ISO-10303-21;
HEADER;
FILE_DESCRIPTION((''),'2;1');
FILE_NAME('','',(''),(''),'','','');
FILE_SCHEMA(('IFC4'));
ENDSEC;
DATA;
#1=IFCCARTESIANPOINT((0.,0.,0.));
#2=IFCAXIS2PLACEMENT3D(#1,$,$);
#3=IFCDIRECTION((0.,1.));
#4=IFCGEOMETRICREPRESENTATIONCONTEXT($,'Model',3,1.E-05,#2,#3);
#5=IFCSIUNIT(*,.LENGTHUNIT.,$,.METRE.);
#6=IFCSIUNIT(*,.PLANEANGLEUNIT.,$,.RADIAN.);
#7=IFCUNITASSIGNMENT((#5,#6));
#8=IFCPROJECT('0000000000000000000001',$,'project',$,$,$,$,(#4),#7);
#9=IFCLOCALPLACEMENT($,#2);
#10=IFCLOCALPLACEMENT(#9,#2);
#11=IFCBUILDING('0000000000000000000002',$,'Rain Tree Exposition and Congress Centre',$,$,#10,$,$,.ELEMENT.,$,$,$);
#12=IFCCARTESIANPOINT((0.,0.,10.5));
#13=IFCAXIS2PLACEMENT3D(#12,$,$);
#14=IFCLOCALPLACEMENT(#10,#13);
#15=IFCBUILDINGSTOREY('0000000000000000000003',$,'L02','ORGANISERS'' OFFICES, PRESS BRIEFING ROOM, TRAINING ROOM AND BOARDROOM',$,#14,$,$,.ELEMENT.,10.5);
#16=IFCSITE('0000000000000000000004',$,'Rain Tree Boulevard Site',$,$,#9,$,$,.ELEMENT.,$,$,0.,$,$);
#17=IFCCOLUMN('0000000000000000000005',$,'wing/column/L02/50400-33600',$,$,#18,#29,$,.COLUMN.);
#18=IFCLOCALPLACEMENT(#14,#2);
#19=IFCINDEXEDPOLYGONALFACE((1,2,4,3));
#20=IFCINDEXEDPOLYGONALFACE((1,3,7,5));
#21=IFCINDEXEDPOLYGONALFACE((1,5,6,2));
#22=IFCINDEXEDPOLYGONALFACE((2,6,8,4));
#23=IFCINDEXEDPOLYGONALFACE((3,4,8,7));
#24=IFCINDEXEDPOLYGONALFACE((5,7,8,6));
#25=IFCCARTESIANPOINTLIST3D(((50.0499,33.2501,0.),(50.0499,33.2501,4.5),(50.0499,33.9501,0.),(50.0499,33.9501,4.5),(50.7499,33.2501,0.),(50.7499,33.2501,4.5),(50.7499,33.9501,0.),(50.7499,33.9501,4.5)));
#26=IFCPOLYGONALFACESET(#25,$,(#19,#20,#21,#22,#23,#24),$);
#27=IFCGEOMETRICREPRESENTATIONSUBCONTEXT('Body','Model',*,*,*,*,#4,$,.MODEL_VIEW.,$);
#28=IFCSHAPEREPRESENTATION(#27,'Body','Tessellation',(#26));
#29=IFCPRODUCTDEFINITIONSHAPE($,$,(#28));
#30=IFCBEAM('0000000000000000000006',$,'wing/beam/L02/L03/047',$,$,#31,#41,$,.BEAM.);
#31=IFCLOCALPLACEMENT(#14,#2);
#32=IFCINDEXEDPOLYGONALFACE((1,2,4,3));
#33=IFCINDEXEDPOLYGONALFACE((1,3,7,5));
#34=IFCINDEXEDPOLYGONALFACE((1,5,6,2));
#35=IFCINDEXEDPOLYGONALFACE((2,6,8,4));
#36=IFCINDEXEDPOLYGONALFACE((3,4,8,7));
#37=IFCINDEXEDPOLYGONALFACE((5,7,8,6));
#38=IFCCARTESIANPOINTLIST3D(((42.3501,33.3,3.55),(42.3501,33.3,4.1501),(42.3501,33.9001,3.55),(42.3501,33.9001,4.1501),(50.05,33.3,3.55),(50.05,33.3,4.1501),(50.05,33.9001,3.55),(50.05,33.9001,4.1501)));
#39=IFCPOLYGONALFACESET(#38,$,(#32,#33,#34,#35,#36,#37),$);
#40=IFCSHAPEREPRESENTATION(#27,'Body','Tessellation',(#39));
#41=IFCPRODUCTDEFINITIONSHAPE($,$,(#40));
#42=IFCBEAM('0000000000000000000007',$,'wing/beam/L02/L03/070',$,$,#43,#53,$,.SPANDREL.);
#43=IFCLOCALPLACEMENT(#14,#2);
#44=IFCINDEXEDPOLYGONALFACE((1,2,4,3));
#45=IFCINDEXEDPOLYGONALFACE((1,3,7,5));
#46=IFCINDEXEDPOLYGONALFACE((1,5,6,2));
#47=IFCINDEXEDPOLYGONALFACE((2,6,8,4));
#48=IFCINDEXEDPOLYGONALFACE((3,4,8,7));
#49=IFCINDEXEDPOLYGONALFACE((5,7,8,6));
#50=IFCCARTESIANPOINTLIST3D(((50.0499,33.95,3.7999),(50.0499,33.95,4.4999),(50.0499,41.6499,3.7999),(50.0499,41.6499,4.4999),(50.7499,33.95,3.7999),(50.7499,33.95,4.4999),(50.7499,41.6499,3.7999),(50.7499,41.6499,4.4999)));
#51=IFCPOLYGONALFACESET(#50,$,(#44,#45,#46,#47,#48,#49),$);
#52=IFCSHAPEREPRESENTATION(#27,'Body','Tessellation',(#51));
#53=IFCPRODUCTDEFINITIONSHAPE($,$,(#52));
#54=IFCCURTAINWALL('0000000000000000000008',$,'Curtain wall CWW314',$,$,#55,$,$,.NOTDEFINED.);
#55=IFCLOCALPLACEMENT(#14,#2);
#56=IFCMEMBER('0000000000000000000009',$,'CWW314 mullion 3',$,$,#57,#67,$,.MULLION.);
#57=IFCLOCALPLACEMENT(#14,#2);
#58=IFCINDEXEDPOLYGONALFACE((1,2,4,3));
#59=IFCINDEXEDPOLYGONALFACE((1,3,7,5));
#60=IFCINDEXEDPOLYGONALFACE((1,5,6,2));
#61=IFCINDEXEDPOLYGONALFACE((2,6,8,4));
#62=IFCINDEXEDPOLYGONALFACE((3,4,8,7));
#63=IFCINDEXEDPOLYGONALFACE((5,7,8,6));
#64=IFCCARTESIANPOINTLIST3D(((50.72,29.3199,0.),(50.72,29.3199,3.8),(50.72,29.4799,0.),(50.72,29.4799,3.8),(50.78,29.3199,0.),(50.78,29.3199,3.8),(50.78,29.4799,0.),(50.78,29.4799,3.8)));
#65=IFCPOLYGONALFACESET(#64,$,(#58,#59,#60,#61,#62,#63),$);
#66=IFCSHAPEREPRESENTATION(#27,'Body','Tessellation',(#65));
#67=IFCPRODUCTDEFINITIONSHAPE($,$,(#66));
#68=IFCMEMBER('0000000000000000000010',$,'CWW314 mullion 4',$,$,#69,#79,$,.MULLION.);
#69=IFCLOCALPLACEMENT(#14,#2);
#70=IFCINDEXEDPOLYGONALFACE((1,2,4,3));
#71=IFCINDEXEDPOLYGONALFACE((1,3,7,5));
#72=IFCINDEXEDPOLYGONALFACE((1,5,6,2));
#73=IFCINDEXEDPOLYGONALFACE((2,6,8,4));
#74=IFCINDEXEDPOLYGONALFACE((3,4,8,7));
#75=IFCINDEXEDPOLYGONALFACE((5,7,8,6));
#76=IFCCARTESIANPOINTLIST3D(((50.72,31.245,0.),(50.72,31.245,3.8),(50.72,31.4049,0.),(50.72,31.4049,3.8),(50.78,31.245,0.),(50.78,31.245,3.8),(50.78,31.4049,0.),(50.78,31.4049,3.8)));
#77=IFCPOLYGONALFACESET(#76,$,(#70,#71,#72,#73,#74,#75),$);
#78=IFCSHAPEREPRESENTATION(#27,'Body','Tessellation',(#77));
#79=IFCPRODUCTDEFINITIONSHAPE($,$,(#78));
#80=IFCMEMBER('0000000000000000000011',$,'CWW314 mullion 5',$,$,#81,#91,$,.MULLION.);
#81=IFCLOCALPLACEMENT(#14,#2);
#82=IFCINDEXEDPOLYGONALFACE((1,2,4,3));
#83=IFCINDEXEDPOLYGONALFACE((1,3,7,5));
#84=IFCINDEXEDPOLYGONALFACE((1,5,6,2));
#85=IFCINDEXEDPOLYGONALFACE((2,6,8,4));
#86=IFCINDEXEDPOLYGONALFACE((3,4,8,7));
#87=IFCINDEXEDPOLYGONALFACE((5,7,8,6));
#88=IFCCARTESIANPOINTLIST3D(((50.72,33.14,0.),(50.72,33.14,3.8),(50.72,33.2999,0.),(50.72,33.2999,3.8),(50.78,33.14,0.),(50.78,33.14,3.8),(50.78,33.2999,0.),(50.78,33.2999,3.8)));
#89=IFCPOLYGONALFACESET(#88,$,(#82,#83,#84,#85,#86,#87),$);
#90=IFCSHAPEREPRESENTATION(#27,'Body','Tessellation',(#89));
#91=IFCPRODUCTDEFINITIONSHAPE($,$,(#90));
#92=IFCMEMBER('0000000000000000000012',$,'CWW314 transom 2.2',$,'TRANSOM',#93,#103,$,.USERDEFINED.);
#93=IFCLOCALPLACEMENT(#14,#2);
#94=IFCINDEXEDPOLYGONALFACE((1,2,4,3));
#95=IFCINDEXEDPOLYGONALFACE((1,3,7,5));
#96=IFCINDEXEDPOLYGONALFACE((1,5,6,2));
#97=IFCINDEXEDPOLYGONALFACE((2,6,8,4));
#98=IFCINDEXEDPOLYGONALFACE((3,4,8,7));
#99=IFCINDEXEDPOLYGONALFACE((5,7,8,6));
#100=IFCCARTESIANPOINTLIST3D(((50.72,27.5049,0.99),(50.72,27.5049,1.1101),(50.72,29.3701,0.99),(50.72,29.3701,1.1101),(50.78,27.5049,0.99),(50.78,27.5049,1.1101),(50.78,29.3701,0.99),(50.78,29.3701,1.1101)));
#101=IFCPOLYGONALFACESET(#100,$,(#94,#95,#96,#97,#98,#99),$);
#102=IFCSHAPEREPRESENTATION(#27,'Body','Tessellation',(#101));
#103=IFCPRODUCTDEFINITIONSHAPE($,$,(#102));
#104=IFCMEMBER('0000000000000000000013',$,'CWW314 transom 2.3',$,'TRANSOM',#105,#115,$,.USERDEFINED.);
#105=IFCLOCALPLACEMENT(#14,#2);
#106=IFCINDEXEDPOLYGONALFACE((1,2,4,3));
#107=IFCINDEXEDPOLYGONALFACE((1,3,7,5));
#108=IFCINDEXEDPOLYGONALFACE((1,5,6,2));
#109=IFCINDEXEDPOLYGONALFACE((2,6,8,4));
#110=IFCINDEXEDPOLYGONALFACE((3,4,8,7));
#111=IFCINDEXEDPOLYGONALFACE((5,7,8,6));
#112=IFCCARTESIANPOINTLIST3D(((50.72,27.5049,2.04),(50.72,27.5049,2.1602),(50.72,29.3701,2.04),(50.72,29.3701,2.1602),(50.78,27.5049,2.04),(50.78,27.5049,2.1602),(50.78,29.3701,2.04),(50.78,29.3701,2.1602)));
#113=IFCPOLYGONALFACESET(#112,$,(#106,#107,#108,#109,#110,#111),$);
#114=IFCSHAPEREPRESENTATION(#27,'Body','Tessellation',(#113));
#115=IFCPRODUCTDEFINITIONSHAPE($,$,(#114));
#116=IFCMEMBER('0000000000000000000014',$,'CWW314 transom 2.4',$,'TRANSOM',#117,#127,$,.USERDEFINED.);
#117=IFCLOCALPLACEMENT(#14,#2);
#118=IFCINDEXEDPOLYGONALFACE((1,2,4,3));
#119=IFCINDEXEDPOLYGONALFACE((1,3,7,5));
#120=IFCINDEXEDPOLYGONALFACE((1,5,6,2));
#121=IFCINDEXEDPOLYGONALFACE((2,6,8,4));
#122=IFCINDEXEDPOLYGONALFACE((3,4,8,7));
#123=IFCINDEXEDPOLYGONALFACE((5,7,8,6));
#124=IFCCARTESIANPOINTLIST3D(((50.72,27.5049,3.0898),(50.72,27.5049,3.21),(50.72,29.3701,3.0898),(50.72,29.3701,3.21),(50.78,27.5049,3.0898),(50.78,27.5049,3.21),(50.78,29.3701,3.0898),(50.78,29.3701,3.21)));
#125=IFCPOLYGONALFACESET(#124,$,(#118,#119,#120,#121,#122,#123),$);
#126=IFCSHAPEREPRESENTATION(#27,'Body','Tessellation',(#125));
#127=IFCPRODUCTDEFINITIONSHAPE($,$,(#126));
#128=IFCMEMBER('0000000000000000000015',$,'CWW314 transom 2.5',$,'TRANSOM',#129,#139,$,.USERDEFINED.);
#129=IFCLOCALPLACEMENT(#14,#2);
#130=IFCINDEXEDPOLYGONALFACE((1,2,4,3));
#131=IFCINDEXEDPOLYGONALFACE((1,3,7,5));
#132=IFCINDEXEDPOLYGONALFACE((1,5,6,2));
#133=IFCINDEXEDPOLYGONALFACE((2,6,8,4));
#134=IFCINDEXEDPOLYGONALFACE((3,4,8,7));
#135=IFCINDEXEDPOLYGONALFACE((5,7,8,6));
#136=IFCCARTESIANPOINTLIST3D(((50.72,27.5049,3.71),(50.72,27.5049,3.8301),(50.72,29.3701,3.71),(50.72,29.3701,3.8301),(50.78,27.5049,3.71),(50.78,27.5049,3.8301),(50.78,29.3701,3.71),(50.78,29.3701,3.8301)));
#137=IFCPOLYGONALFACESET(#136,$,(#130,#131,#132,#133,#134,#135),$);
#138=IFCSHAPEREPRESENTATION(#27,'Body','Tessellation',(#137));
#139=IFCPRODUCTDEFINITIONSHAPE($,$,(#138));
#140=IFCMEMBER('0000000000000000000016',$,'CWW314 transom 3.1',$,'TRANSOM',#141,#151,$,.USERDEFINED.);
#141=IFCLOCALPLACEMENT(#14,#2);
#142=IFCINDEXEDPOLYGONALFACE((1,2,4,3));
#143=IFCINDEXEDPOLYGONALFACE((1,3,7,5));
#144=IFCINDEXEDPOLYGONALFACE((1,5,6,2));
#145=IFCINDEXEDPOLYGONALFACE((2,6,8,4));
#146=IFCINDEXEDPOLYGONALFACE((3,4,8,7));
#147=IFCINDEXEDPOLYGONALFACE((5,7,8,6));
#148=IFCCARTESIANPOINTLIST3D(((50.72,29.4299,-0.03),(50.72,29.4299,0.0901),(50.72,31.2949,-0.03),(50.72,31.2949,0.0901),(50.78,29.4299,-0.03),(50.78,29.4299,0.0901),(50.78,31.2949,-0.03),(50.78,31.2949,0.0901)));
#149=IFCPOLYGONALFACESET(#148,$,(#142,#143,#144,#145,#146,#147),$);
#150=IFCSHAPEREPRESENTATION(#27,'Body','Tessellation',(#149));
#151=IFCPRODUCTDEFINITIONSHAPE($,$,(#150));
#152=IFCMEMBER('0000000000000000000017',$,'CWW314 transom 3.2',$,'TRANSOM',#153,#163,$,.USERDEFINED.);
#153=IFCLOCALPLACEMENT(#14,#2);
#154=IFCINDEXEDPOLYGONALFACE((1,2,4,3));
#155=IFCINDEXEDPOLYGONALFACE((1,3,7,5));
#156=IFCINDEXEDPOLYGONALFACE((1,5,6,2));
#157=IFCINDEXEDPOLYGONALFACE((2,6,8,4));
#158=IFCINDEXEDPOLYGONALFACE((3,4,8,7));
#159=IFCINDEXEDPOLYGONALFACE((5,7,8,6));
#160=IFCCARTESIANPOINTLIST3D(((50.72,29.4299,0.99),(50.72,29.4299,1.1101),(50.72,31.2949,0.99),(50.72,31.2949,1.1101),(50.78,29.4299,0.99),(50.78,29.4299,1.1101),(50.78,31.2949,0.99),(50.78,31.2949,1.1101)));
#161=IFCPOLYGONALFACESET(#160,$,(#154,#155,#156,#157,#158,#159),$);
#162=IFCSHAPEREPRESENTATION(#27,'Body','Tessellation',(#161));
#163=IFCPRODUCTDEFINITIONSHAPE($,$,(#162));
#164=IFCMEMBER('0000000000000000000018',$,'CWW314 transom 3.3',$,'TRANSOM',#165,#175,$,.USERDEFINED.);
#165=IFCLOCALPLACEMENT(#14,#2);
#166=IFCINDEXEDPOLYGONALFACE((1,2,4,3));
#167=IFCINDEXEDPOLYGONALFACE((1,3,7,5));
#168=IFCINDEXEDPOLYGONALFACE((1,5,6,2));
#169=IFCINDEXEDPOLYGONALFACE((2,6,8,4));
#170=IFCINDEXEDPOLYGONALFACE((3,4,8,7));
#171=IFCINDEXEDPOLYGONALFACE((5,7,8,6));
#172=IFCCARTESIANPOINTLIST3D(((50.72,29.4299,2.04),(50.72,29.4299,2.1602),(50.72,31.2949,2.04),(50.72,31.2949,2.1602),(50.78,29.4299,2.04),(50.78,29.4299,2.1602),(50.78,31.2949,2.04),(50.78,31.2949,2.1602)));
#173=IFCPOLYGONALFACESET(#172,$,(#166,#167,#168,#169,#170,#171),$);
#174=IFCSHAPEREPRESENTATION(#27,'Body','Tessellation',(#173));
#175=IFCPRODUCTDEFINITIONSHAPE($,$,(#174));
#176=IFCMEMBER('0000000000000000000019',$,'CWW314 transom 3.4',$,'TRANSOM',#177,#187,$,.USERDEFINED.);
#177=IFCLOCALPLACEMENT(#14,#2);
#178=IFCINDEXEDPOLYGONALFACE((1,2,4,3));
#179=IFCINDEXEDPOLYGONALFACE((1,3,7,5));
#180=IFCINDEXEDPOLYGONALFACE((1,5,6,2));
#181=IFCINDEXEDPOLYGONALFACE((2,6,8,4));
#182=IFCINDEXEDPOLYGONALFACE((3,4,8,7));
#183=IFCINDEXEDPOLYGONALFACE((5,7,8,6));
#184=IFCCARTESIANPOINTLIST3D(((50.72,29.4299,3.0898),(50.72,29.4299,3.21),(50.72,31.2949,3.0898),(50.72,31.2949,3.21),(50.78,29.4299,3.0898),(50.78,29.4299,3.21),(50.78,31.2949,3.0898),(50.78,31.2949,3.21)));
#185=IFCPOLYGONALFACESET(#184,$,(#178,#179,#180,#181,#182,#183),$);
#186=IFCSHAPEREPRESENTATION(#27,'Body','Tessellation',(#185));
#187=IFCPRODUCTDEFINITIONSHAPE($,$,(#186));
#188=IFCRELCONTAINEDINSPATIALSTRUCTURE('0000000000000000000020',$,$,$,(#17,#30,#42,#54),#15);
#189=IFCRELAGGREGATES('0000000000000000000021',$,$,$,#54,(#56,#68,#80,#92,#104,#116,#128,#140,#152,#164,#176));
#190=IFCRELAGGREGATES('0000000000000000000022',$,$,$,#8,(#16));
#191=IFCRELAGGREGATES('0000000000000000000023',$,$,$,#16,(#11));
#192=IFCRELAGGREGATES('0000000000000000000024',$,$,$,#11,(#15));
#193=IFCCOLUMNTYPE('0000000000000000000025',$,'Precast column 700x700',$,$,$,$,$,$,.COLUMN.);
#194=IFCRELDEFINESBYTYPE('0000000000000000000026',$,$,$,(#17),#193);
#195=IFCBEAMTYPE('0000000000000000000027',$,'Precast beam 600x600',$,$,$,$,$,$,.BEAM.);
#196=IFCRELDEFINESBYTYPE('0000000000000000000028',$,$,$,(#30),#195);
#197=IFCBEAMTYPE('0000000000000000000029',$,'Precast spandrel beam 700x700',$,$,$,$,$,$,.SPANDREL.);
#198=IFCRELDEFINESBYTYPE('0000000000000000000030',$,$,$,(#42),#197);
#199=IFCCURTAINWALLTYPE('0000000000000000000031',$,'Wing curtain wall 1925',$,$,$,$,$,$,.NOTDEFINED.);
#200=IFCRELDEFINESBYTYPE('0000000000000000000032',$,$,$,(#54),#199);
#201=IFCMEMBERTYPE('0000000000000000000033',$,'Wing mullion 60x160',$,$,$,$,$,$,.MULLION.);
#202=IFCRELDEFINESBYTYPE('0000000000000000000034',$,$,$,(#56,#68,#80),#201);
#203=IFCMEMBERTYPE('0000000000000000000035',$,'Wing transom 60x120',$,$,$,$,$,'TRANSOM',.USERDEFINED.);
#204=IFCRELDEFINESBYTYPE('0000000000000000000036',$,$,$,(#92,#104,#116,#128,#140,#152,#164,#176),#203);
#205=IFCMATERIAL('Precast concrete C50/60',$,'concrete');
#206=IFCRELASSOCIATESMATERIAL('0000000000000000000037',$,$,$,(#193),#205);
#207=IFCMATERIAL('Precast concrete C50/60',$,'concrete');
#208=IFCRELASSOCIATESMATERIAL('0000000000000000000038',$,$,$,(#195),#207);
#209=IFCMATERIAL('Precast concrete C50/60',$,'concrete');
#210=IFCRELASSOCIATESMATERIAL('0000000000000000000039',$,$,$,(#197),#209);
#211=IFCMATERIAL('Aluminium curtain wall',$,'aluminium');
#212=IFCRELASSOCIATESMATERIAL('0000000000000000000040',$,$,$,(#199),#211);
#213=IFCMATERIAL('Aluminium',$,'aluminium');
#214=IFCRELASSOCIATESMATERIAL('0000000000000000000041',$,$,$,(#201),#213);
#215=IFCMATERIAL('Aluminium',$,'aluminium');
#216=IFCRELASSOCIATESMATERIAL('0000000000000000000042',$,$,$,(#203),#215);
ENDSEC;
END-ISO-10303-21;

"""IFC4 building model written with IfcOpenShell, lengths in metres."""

from ifc_helpers import new_model, si_unit, direction, frame, origin, origin_2d, place, context, subcontext, project, spatial, rectangle, extrude, material, material_profile, profile_set, type_object, element, aggregate, save


model = new_model("IFC4")

# Units and contexts
model_context = context("Model", 3, precision=1e-05, world=origin(), true_north=direction((0.0, 1.0)))
body_context = subcontext(model_context, "Body", "Model", "MODEL_VIEW")
ifc_project = project(units=[si_unit("LENGTHUNIT", "METRE"), si_unit("PLANEANGLEUNIT", "RADIAN")], contexts=[model_context])

# Site, building, storey
site_placement = place(None, origin())
site = spatial("IfcSite", under=ifc_project, at=site_placement, Name="Rain Tree Boulevard Site", CompositionType="ELEMENT", RefElevation=0.0)
building_placement = place(site_placement, origin())
building = spatial("IfcBuilding", under=site, at=building_placement, Name="Rain Tree Exposition and Congress Centre", CompositionType="ELEMENT")
storey_placement = place(building_placement, frame((0.0, 0.0, 10.5)))
storey = spatial("IfcBuildingStorey", under=building, at=storey_placement, Name="L02", Description="ORGANISERS' OFFICES, PRESS BRIEFING ROOM, TRAINING ROOM AND BOARDROOM", CompositionType="ELEMENT", Elevation=10.5)

# Column
ifc_material_1 = material(Name="Precast concrete C50/60", Category="concrete")
ifc_material_profile_1 = material_profile(ifc_material_1, rectangle(XDim=0.7, YDim=0.7, at=origin_2d()), Name="RC 700x700")
ifc_profile_set_1 = profile_set([ifc_material_profile_1], Name="Precast concrete C50/60")
column_type = type_object("IfcColumnType", Name="Precast column 700x700", PredefinedType="COLUMN", material=ifc_profile_set_1)
column_placement = place(storey_placement, frame((50.3999, 33.6001, 0.0), z_axis=(0.0, 0.0, 1.0), x_axis=(1.0, 0.0, 0.0)))
element("IfcColumn", 1, at=column_placement, inside=storey, type_object=column_type, Name="wing/column/L02/50400-33600", PredefinedType="COLUMN", context=body_context, shape_type="SweptSolid", body=[
    extrude(rectangle(XDim=0.7, YDim=0.7, at=origin_2d()), origin(), (0.0, 0.0, 1.0), 4.5),
])

# Beams
ifc_material_2 = material(Name="Precast concrete C50/60", Category="concrete")
ifc_material_profile_2 = material_profile(ifc_material_2, rectangle(XDim=0.6001, YDim=0.6001, at=origin_2d()), Name="RC 600x600")
ifc_profile_set_2 = profile_set([ifc_material_profile_2], Name="Precast concrete C50/60")
beam_type_1 = type_object("IfcBeamType", Name="Precast beam 600x600", PredefinedType="BEAM", material=ifc_profile_set_2)
beam_1_placement = place(storey_placement, frame((42.3501, 33.6001, 3.8501), z_axis=(1.0, 0.0, 0.0), x_axis=(0.0, 1.0, 0.0)))
element("IfcBeam", 2, at=beam_1_placement, inside=storey, type_object=beam_type_1, Name="wing/beam/L02/L03/047", PredefinedType="BEAM", context=body_context, shape_type="SweptSolid", body=[
    extrude(rectangle(XDim=0.6001, YDim=0.6001, at=origin_2d()), origin(), (0.0, 0.0, 1.0), 7.7),
])
ifc_material_3 = material(Name="Precast concrete C50/60", Category="concrete")
ifc_material_profile_3 = material_profile(ifc_material_3, rectangle(XDim=0.7, YDim=0.7, at=origin_2d()), Name="RC 700x700")
ifc_profile_set_3 = profile_set([ifc_material_profile_3], Name="Precast concrete C50/60")
beam_type_2 = type_object("IfcBeamType", Name="Precast spandrel beam 700x700", PredefinedType="SPANDREL", material=ifc_profile_set_3)
beam_2_placement = place(storey_placement, frame((50.3999, 33.95, 4.1499), z_axis=(0.0, 1.0, 0.0), x_axis=(-1.0, 0.0, 0.0)))
element("IfcBeam", 3, at=beam_2_placement, inside=storey, type_object=beam_type_2, Name="wing/beam/L02/L03/070", PredefinedType="SPANDREL", context=body_context, shape_type="SweptSolid", body=[
    extrude(rectangle(XDim=0.7, YDim=0.7, at=origin_2d()), origin(), (0.0, 0.0, 1.0), 7.7),
])

# Curtain wall, members
ifc_material_4 = material(Name="Aluminium curtain wall", Category="aluminium")
curtain_wall_type = type_object("IfcCurtainWallType", Name="Wing curtain wall 1925", PredefinedType="NOTDEFINED", material=ifc_material_4)
curtain_wall_placement = place(storey_placement, origin())
curtain_wall = element("IfcCurtainWall", 4, at=curtain_wall_placement, inside=storey, type_object=curtain_wall_type, Name="Curtain wall CWW314", PredefinedType="NOTDEFINED")
ifc_material_5 = material(Name="Aluminium", Category="aluminium")
ifc_material_profile_4 = material_profile(ifc_material_5, rectangle(XDim=0.0601, YDim=0.1599, at=origin_2d()), Name="Aluminium 60x160")
ifc_profile_set_4 = profile_set([ifc_material_profile_4], Name="Aluminium")
member_type_1 = type_object("IfcMemberType", Name="Wing mullion 60x160", PredefinedType="MULLION", material=ifc_profile_set_4)
member_1_placement = place(storey_placement, frame((50.75, 29.3999, 0.0), z_axis=(0.0, 0.0, 1.0), x_axis=(-1.0, 0.0, 0.0)))
member_1 = element("IfcMember", 5, at=member_1_placement, type_object=member_type_1, Name="CWW314 mullion 3", PredefinedType="MULLION", context=body_context, shape_type="SweptSolid", body=[
    extrude(rectangle(XDim=0.0601, YDim=0.1599, at=origin_2d()), origin(), (0.0, 0.0, 1.0), 3.8),
])
member_2_placement = place(storey_placement, frame((50.75, 31.325, 0.0), z_axis=(0.0, 0.0, 1.0), x_axis=(-1.0, 0.0, 0.0)))
member_2 = element("IfcMember", 6, at=member_2_placement, type_object=member_type_1, Name="CWW314 mullion 4", PredefinedType="MULLION", context=body_context, shape_type="SweptSolid", body=[
    extrude(rectangle(XDim=0.0601, YDim=0.1599, at=origin_2d()), origin(), (0.0, 0.0, 1.0), 3.8),
])
member_3_placement = place(storey_placement, frame((50.75, 33.22, 0.0), z_axis=(0.0, 0.0, 1.0), x_axis=(-1.0, 0.0, 0.0)))
member_3 = element("IfcMember", 7, at=member_3_placement, type_object=member_type_1, Name="CWW314 mullion 5", PredefinedType="MULLION", context=body_context, shape_type="SweptSolid", body=[
    extrude(rectangle(XDim=0.0601, YDim=0.1599, at=origin_2d()), origin(), (0.0, 0.0, 1.0), 3.8),
])
ifc_material_6 = material(Name="Aluminium", Category="aluminium")
ifc_material_profile_5 = material_profile(ifc_material_6, rectangle(XDim=0.0601, YDim=0.1201, at=origin_2d()), Name="Aluminium 60x120")
ifc_profile_set_5 = profile_set([ifc_material_profile_5], Name="Aluminium")
member_type_2 = type_object("IfcMemberType", Name="Wing transom 60x120", ElementType="TRANSOM", PredefinedType="USERDEFINED", material=ifc_profile_set_5)
member_4_placement = place(storey_placement, frame((50.75, 27.5049, 1.05), z_axis=(0.0, 1.0, 0.0), x_axis=(-1.0, 0.0, 0.0)))
member_4 = element("IfcMember", 8, at=member_4_placement, type_object=member_type_2, Name="CWW314 transom 2.2", ObjectType="TRANSOM", PredefinedType="USERDEFINED", context=body_context, shape_type="SweptSolid", body=[
    extrude(rectangle(XDim=0.0601, YDim=0.1201, at=origin_2d()), origin(), (0.0, 0.0, 1.0), 1.8652),
])
member_5_placement = place(storey_placement, frame((50.75, 27.5049, 2.1001), z_axis=(0.0, 1.0, 0.0), x_axis=(-1.0, 0.0, 0.0)))
member_5 = element("IfcMember", 9, at=member_5_placement, type_object=member_type_2, Name="CWW314 transom 2.3", ObjectType="TRANSOM", PredefinedType="USERDEFINED", context=body_context, shape_type="SweptSolid", body=[
    extrude(rectangle(XDim=0.0601, YDim=0.1201, at=origin_2d()), origin(), (0.0, 0.0, 1.0), 1.8652),
])
member_6_placement = place(storey_placement, frame((50.75, 27.5049, 3.1499), z_axis=(0.0, 1.0, 0.0), x_axis=(-1.0, 0.0, 0.0)))
member_6 = element("IfcMember", 10, at=member_6_placement, type_object=member_type_2, Name="CWW314 transom 2.4", ObjectType="TRANSOM", PredefinedType="USERDEFINED", context=body_context, shape_type="SweptSolid", body=[
    extrude(rectangle(XDim=0.0601, YDim=0.1201, at=origin_2d()), origin(), (0.0, 0.0, 1.0), 1.8652),
])
member_7_placement = place(storey_placement, frame((50.75, 27.5049, 3.77), z_axis=(0.0, 1.0, 0.0), x_axis=(-1.0, 0.0, 0.0)))
member_7 = element("IfcMember", 11, at=member_7_placement, type_object=member_type_2, Name="CWW314 transom 2.5", ObjectType="TRANSOM", PredefinedType="USERDEFINED", context=body_context, shape_type="SweptSolid", body=[
    extrude(rectangle(XDim=0.0601, YDim=0.1201, at=origin_2d()), origin(), (0.0, 0.0, 1.0), 1.8652),
])
member_8_placement = place(storey_placement, frame((50.75, 29.4299, 0.03), z_axis=(0.0, 1.0, 0.0), x_axis=(-1.0, 0.0, 0.0)))
member_8 = element("IfcMember", 12, at=member_8_placement, type_object=member_type_2, Name="CWW314 transom 3.1", ObjectType="TRANSOM", PredefinedType="USERDEFINED", context=body_context, shape_type="SweptSolid", body=[
    extrude(rectangle(XDim=0.0601, YDim=0.1201, at=origin_2d()), origin(), (0.0, 0.0, 1.0), 1.865),
])
member_9_placement = place(storey_placement, frame((50.75, 29.4299, 1.05), z_axis=(0.0, 1.0, 0.0), x_axis=(-1.0, 0.0, 0.0)))
member_9 = element("IfcMember", 13, at=member_9_placement, type_object=member_type_2, Name="CWW314 transom 3.2", ObjectType="TRANSOM", PredefinedType="USERDEFINED", context=body_context, shape_type="SweptSolid", body=[
    extrude(rectangle(XDim=0.0601, YDim=0.1201, at=origin_2d()), origin(), (0.0, 0.0, 1.0), 1.865),
])
member_10_placement = place(storey_placement, frame((50.75, 29.4299, 2.1001), z_axis=(0.0, 1.0, 0.0), x_axis=(-1.0, 0.0, 0.0)))
member_10 = element("IfcMember", 14, at=member_10_placement, type_object=member_type_2, Name="CWW314 transom 3.3", ObjectType="TRANSOM", PredefinedType="USERDEFINED", context=body_context, shape_type="SweptSolid", body=[
    extrude(rectangle(XDim=0.0601, YDim=0.1201, at=origin_2d()), origin(), (0.0, 0.0, 1.0), 1.865),
])
member_11_placement = place(storey_placement, frame((50.75, 29.4299, 3.1499), z_axis=(0.0, 1.0, 0.0), x_axis=(-1.0, 0.0, 0.0)))
member_11 = element("IfcMember", 15, at=member_11_placement, type_object=member_type_2, Name="CWW314 transom 3.4", ObjectType="TRANSOM", PredefinedType="USERDEFINED", context=body_context, shape_type="SweptSolid", body=[
    extrude(rectangle(XDim=0.0601, YDim=0.1201, at=origin_2d()), origin(), (0.0, 0.0, 1.0), 1.865),
])
aggregate(curtain_wall, [member_1, member_2, member_3, member_4, member_5, member_6, member_7, member_8, member_9, member_10, member_11])

save(model, "model.ifc")
